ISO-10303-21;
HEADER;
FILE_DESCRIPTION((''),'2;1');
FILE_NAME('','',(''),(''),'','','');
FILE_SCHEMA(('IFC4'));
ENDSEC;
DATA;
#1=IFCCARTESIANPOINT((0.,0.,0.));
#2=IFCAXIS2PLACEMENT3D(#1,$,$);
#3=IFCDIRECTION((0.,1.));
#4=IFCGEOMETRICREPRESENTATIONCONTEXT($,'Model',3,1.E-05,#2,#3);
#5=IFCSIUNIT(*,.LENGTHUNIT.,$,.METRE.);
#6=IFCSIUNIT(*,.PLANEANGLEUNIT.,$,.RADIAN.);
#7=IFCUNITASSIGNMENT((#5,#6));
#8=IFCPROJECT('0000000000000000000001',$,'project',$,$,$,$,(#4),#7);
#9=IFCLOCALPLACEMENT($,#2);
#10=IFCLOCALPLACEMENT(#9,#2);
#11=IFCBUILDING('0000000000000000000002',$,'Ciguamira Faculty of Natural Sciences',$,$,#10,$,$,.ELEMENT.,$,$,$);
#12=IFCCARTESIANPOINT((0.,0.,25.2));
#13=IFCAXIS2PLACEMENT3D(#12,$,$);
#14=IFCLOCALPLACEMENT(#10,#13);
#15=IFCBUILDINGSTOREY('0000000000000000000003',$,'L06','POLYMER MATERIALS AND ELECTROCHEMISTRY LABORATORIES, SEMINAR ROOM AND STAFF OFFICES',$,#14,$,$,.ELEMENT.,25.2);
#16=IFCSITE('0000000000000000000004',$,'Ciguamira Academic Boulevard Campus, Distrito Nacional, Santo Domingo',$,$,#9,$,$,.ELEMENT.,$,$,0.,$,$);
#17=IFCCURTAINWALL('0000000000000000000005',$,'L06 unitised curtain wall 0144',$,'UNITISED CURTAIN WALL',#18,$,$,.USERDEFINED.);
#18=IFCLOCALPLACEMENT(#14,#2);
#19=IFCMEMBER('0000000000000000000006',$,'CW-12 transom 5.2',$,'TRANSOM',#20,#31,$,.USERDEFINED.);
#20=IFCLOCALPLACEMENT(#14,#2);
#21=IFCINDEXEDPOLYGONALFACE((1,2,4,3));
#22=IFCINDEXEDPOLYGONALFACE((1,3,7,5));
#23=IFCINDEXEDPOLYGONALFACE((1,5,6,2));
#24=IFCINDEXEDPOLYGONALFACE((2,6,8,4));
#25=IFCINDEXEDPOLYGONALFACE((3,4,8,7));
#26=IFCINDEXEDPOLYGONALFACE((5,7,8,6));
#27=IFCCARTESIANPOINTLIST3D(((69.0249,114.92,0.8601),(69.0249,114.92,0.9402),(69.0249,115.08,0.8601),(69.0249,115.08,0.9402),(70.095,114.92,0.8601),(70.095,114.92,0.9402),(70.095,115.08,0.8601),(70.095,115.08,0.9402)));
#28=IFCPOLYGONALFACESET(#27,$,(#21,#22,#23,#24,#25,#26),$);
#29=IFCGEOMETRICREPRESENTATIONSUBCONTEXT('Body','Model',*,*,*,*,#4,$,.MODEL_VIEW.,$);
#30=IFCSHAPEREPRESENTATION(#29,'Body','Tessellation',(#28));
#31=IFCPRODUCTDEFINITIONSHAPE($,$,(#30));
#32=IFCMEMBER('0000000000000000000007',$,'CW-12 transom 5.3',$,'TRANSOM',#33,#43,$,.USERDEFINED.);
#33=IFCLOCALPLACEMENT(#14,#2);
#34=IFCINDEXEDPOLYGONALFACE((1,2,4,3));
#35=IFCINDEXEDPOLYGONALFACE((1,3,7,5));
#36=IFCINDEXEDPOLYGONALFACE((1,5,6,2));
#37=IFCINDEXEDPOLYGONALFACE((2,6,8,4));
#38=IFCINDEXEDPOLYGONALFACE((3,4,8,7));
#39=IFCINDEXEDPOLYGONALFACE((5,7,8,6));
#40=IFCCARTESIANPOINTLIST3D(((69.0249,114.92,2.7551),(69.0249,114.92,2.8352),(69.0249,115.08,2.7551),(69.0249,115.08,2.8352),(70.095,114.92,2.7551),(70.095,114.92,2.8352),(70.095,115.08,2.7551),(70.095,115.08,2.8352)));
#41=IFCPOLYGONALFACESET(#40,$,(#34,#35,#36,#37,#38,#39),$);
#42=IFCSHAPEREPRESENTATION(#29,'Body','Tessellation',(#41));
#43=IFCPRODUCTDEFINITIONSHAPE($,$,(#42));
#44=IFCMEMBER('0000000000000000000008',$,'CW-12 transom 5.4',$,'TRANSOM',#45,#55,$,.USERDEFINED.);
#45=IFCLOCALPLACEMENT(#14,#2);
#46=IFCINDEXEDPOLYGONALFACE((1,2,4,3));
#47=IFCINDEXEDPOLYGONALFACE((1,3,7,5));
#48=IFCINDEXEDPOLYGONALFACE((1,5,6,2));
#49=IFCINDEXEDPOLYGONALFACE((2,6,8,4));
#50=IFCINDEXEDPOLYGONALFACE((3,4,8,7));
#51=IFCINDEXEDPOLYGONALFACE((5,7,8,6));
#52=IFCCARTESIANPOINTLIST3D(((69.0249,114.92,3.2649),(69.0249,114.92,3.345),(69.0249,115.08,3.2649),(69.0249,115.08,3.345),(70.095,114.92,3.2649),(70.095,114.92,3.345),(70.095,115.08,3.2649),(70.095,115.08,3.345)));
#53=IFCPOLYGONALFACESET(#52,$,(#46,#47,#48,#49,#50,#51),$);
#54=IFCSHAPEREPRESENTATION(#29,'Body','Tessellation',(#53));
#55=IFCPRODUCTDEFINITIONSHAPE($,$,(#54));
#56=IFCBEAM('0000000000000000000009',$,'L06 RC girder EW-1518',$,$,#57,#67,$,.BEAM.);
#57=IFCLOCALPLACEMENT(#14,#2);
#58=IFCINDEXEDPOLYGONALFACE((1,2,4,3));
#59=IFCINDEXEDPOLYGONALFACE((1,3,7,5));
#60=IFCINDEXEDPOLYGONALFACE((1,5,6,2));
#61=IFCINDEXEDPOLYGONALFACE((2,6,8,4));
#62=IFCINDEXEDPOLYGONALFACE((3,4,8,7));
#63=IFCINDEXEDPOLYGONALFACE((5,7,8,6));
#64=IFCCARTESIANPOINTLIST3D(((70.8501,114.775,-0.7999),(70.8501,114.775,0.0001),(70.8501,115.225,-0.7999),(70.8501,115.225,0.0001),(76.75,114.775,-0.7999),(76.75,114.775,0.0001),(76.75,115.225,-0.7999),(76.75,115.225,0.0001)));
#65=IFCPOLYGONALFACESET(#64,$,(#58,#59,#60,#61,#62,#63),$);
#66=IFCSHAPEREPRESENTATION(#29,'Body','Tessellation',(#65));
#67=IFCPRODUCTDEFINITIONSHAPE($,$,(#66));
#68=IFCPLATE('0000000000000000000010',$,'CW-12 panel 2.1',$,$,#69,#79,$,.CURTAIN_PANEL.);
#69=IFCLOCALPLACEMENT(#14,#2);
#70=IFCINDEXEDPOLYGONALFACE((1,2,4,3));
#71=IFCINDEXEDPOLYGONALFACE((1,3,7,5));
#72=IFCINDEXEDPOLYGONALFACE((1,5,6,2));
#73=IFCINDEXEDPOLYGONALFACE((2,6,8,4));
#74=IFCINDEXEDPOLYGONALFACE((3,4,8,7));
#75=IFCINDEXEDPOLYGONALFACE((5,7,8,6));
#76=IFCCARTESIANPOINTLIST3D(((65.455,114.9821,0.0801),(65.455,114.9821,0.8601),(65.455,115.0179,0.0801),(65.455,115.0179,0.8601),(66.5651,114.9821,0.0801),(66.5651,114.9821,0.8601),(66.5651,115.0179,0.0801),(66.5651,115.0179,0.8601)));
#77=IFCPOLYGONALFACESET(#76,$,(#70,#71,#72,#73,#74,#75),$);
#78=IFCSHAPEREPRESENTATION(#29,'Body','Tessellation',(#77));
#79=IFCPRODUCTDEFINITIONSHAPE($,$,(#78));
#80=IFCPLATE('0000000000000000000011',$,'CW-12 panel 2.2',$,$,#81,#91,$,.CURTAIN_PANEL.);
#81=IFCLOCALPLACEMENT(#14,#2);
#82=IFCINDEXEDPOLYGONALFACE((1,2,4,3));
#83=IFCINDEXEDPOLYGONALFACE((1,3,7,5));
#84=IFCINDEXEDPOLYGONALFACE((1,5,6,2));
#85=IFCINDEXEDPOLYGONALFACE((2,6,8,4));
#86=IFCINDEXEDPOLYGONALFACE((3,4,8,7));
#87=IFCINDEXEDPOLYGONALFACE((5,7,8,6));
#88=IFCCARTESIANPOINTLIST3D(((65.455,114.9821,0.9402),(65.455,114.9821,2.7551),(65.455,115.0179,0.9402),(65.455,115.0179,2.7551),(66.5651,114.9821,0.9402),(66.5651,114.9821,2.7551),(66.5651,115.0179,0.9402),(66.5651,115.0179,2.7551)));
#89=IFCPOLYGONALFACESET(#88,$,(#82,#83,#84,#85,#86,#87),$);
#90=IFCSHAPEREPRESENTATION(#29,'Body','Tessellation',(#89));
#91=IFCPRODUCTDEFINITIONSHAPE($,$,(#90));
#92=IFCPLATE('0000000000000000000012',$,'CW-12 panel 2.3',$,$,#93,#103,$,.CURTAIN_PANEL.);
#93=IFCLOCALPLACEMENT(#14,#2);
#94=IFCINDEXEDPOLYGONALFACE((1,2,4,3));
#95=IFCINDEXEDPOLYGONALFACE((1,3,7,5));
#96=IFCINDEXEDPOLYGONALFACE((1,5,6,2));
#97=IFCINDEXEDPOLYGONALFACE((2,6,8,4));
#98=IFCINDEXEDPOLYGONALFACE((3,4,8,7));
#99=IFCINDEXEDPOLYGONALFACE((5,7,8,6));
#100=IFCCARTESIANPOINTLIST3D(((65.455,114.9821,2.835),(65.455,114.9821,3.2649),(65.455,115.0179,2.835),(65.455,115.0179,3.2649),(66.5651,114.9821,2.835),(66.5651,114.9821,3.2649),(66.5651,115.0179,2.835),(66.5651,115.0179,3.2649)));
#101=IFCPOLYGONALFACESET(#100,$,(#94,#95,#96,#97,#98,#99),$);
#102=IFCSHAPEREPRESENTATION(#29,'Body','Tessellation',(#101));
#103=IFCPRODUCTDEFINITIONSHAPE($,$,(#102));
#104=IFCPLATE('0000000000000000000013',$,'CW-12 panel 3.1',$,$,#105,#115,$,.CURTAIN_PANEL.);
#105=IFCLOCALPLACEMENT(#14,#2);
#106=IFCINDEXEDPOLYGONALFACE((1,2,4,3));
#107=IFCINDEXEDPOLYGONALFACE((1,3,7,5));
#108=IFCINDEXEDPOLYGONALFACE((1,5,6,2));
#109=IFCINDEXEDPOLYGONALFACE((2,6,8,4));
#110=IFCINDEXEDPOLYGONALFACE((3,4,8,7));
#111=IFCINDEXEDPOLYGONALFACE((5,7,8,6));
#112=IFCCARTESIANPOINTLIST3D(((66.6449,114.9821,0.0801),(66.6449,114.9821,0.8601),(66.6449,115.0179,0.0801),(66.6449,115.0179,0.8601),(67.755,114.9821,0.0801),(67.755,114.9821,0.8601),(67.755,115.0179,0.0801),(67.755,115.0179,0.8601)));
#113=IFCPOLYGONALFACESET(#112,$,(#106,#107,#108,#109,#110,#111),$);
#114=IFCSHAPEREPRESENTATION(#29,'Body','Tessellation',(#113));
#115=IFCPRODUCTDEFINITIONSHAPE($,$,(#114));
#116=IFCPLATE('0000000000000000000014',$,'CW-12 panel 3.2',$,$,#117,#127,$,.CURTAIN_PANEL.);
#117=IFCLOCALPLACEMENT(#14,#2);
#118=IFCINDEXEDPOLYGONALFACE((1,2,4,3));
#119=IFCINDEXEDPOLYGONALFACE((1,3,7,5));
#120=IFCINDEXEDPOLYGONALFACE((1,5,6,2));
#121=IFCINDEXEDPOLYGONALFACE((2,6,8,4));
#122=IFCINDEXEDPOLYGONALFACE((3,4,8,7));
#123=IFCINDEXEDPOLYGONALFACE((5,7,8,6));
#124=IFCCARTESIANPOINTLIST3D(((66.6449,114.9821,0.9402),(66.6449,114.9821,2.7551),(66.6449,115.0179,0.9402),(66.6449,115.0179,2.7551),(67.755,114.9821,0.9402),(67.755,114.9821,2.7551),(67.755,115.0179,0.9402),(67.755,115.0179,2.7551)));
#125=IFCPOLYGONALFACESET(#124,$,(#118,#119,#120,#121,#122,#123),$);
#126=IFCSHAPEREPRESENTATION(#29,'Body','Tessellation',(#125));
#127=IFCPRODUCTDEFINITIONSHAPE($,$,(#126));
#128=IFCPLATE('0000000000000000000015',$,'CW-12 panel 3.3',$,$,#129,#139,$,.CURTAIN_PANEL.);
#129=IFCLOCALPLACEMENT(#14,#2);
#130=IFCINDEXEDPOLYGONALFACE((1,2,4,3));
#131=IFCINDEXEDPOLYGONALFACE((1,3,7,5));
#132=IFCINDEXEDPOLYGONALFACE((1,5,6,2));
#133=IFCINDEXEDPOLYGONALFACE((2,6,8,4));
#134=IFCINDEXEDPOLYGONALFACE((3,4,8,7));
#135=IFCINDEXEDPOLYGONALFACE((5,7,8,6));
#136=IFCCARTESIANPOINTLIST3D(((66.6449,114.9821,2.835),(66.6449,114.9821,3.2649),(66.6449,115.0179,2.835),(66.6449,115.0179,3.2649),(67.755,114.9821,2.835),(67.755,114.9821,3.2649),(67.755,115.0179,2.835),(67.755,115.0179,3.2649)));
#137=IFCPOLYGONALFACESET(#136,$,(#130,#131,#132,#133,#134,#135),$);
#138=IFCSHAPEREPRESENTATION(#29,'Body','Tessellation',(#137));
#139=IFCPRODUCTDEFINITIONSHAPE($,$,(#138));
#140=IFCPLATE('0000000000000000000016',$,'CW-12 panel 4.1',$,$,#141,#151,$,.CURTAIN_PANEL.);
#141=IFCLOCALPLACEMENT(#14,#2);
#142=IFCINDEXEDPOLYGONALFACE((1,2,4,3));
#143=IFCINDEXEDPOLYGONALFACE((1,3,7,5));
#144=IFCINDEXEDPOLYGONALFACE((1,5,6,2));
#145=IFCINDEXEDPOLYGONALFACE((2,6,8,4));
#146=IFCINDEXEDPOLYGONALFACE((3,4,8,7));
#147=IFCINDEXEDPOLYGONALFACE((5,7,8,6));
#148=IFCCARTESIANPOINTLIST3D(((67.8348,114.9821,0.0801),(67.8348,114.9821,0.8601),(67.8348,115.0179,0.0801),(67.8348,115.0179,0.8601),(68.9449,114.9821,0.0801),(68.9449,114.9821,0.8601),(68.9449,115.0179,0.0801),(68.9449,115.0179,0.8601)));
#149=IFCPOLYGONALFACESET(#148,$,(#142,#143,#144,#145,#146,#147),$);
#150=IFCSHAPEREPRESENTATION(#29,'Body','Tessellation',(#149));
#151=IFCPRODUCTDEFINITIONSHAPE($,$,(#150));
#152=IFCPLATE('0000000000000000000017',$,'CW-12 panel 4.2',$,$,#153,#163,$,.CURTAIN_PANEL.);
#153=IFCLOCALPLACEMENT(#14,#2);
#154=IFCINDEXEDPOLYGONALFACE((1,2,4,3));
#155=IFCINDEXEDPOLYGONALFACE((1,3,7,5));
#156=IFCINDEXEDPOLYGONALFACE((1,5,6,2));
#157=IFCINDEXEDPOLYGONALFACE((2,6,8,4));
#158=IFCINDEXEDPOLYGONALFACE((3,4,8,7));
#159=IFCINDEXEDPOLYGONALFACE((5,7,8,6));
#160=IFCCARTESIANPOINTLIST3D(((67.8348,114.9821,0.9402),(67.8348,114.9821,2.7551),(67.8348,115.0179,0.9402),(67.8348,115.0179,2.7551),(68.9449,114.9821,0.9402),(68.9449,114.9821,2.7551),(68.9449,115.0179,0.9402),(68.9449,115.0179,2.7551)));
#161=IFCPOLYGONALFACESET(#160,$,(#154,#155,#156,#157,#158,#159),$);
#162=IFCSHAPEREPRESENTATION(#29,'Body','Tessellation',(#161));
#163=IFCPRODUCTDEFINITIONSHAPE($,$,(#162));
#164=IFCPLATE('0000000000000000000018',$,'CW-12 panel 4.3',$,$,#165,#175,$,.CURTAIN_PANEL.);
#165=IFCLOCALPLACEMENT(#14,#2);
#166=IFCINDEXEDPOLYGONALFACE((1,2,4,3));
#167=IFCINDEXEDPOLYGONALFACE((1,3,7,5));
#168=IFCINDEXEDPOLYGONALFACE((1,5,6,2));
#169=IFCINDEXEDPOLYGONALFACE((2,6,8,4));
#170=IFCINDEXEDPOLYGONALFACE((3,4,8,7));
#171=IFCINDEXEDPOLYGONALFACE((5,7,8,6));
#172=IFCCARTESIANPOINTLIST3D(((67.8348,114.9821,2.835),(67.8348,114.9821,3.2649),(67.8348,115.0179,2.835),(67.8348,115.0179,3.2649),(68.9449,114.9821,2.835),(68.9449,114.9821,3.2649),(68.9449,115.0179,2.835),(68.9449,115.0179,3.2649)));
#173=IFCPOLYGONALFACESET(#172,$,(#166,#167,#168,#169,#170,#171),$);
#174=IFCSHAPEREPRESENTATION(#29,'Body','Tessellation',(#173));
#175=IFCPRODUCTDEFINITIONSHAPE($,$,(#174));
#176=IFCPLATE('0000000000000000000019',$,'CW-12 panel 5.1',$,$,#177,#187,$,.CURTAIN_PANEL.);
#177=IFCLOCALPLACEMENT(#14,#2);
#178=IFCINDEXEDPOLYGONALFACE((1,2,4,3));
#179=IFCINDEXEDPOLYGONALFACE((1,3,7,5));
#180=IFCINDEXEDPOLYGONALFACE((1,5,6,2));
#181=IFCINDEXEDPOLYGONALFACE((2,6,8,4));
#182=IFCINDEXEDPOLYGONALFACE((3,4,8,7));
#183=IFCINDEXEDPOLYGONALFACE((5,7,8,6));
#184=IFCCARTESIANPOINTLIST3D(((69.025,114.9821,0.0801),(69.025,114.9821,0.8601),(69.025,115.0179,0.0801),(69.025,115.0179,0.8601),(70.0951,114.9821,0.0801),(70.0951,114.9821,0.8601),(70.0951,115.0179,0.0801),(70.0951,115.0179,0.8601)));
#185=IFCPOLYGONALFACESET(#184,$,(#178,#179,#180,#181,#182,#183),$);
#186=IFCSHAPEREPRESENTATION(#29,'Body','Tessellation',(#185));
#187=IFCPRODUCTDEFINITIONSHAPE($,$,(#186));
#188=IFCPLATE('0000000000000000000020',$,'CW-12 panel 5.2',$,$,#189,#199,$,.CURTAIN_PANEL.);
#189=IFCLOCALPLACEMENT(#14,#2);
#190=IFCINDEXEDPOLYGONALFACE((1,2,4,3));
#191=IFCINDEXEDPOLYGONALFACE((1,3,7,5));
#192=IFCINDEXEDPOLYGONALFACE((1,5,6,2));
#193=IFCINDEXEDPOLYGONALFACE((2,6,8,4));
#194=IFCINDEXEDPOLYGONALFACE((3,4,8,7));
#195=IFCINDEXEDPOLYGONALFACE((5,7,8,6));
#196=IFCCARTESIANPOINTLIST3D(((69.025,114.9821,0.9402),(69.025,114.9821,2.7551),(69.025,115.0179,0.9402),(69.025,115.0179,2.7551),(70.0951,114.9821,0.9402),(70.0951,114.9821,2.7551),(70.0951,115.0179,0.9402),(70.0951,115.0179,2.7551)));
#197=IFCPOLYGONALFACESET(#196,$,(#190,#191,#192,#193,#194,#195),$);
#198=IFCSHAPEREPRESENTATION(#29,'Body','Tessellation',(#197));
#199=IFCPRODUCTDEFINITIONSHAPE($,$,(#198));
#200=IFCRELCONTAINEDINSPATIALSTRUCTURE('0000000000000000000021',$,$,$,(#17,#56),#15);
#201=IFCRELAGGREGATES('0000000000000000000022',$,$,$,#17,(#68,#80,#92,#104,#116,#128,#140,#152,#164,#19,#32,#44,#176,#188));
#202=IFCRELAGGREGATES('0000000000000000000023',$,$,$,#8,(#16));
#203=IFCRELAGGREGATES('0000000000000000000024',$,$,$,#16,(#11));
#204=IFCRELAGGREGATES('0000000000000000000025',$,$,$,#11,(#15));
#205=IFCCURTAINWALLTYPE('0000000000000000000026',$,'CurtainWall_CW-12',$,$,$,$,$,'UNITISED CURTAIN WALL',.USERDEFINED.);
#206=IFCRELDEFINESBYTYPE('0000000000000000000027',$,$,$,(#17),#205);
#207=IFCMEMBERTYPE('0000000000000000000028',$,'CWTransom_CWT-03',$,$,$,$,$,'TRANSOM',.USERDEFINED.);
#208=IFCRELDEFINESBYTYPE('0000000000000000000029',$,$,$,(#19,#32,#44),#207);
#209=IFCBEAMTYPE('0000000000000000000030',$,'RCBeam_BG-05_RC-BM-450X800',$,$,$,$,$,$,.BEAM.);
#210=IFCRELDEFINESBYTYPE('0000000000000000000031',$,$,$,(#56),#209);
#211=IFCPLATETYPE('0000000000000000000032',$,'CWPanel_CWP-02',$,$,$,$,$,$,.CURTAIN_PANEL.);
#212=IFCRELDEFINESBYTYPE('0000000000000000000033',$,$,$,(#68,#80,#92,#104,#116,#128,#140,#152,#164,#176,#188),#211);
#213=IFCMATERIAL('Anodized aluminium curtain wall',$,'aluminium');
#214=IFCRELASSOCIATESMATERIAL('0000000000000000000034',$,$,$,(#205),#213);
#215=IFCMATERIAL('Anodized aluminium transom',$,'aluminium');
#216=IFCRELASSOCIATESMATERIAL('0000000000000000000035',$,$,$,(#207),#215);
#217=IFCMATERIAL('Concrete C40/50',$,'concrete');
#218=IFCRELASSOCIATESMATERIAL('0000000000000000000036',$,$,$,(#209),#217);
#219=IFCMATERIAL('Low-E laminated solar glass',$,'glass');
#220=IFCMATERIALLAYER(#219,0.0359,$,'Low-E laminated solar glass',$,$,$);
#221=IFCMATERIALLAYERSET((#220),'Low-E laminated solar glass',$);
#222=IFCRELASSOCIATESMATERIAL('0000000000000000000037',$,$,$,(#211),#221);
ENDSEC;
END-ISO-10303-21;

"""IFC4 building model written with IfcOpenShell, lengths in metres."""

from ifc_helpers import new_model, si_unit, direction, frame, origin, origin_2d, place, context, subcontext, project, spatial, rectangle, extrude, material, layer, layer_set, material_profile, profile_set, type_object, element, aggregate, save


model = new_model("IFC4")

# Units and contexts
model_context = context("Model", 3, precision=1e-05, world=origin(), true_north=direction((0.0, 1.0)))
body_context = subcontext(model_context, "Body", "Model", "MODEL_VIEW")
ifc_project = project(units=[si_unit("LENGTHUNIT", "METRE"), si_unit("PLANEANGLEUNIT", "RADIAN")], contexts=[model_context])

# Site, building, storey
site_placement = place(None, origin())
site = spatial("IfcSite", under=ifc_project, at=site_placement, Name="Ciguamira Academic Boulevard Campus, Distrito Nacional, Santo Domingo", CompositionType="ELEMENT", RefElevation=0.0)
building_placement = place(site_placement, origin())
building = spatial("IfcBuilding", under=site, at=building_placement, Name="Ciguamira Faculty of Natural Sciences", CompositionType="ELEMENT")
storey_placement = place(building_placement, frame((0.0, 0.0, 25.2)))
storey = spatial("IfcBuildingStorey", under=building, at=storey_placement, Name="L06", Description="POLYMER MATERIALS AND ELECTROCHEMISTRY LABORATORIES, SEMINAR ROOM AND STAFF OFFICES", CompositionType="ELEMENT", Elevation=25.2)

# Shared definitions
ifc_material_1 = material(Name="Concrete C40/50", Category="concrete")

# Curtain wall, members
ifc_material_2 = material(Name="Anodized aluminium curtain wall", Category="aluminium")
curtain_wall_type = type_object("IfcCurtainWallType", Name="CurtainWall_CW-12", ElementType="UNITISED CURTAIN WALL", PredefinedType="USERDEFINED", material=ifc_material_2)
curtain_wall_placement = place(storey_placement, origin())
curtain_wall = element("IfcCurtainWall", 1, at=curtain_wall_placement, inside=storey, type_object=curtain_wall_type, Name="L06 unitised curtain wall 0144", ObjectType="UNITISED CURTAIN WALL", PredefinedType="USERDEFINED")
ifc_material_3 = material(Name="Anodized aluminium transom", Category="aluminium")
ifc_material_profile_1 = material_profile(ifc_material_3, rectangle(XDim=0.0801, YDim=0.1599, at=origin_2d()), Name="ALU-TRN-80X160")
ifc_profile_set_1 = profile_set([ifc_material_profile_1], Name="Anodized aluminium transom")
member_type_1 = type_object("IfcMemberType", Name="CWTransom_CWT-03", ElementType="TRANSOM", PredefinedType="USERDEFINED", material=ifc_profile_set_1)
member_1_placement = place(storey_placement, frame((69.0249, 115.0, 0.9001), z_axis=(1.0, 0.0, 0.0), x_axis=(0.0, 0.0, 1.0)))
member_1 = element("IfcMember", 2, at=member_1_placement, type_object=member_type_1, Name="CW-12 transom 5.2", ObjectType="TRANSOM", PredefinedType="USERDEFINED", context=body_context, shape_type="SweptSolid", body=[
    extrude(rectangle(XDim=0.0801, YDim=0.1599, at=origin_2d()), origin(), (0.0, 0.0, 1.0), 1.0701),
])
member_2_placement = place(storey_placement, frame((69.0249, 115.0, 2.7952), z_axis=(1.0, 0.0, 0.0), x_axis=(0.0, 0.0, 1.0)))
member_2 = element("IfcMember", 3, at=member_2_placement, type_object=member_type_1, Name="CW-12 transom 5.3", ObjectType="TRANSOM", PredefinedType="USERDEFINED", context=body_context, shape_type="SweptSolid", body=[
    extrude(rectangle(XDim=0.0801, YDim=0.1599, at=origin_2d()), origin(), (0.0, 0.0, 1.0), 1.0701),
])
member_3_placement = place(storey_placement, frame((69.0249, 115.0, 3.3049), z_axis=(1.0, 0.0, 0.0), x_axis=(0.0, 0.0, 1.0)))
member_3 = element("IfcMember", 4, at=member_3_placement, type_object=member_type_1, Name="CW-12 transom 5.4", ObjectType="TRANSOM", PredefinedType="USERDEFINED", context=body_context, shape_type="SweptSolid", body=[
    extrude(rectangle(XDim=0.0801, YDim=0.1599, at=origin_2d()), origin(), (0.0, 0.0, 1.0), 1.0701),
])

# Beam
ifc_material_profile_2 = material_profile(ifc_material_1, rectangle(XDim=0.45, YDim=0.8, at=origin_2d()), Name="RC-BM-450X800")
ifc_profile_set_2 = profile_set([ifc_material_profile_2], Name="Concrete C40/50")
beam_type = type_object("IfcBeamType", Name="RCBeam_BG-05_RC-BM-450X800", PredefinedType="BEAM", material=ifc_profile_set_2)
beam_placement = place(storey_placement, frame((70.8501, 115.0, -0.3999), z_axis=(1.0, 0.0, 0.0), x_axis=(0.0, 1.0, 0.0)))
element("IfcBeam", 5, at=beam_placement, inside=storey, type_object=beam_type, Name="L06 RC girder EW-1518", PredefinedType="BEAM", context=body_context, shape_type="SweptSolid", body=[
    extrude(rectangle(XDim=0.45, YDim=0.8, at=origin_2d()), origin(), (0.0, 0.0, 1.0), 5.8999),
])

# Plates
ifc_material_4 = material(Name="Low-E laminated solar glass", Category="glass")
ifc_layer_1 = layer(ifc_material_4, 0.0359, Name="Low-E laminated solar glass")
ifc_layer_set_1 = layer_set([ifc_layer_1], Name="Low-E laminated solar glass")
plate_type = type_object("IfcPlateType", Name="CWPanel_CWP-02", PredefinedType="CURTAIN_PANEL", material=ifc_layer_set_1)
plate_1_placement = place(storey_placement, frame((66.01, 115.0, 0.0801), z_axis=(0.0, 0.0, 1.0), x_axis=(1.0, 0.0, 0.0)))
plate_1 = element("IfcPlate", 6, at=plate_1_placement, type_object=plate_type, Name="CW-12 panel 2.1", PredefinedType="CURTAIN_PANEL", context=body_context, shape_type="SweptSolid", body=[
    extrude(rectangle(XDim=1.1101, YDim=0.0359, at=origin_2d()), origin(), (0.0, 0.0, 1.0), 0.78),
])
plate_2_placement = place(storey_placement, frame((66.01, 115.0, 0.9402), z_axis=(0.0, 0.0, 1.0), x_axis=(1.0, 0.0, 0.0)))
plate_2 = element("IfcPlate", 7, at=plate_2_placement, type_object=plate_type, Name="CW-12 panel 2.2", PredefinedType="CURTAIN_PANEL", context=body_context, shape_type="SweptSolid", body=[
    extrude(rectangle(XDim=1.1101, YDim=0.0359, at=origin_2d()), origin(), (0.0, 0.0, 1.0), 1.8149),
])
plate_3_placement = place(storey_placement, frame((66.01, 115.0, 2.835), z_axis=(0.0, 0.0, 1.0), x_axis=(1.0, 0.0, 0.0)))
plate_3 = element("IfcPlate", 8, at=plate_3_placement, type_object=plate_type, Name="CW-12 panel 2.3", PredefinedType="CURTAIN_PANEL", context=body_context, shape_type="SweptSolid", body=[
    extrude(rectangle(XDim=1.1101, YDim=0.0359, at=origin_2d()), origin(), (0.0, 0.0, 1.0), 0.4299),
])
plate_4_placement = place(storey_placement, frame((67.2, 115.0, 0.0801), z_axis=(0.0, 0.0, 1.0), x_axis=(1.0, 0.0, 0.0)))
plate_4 = element("IfcPlate", 9, at=plate_4_placement, type_object=plate_type, Name="CW-12 panel 3.1", PredefinedType="CURTAIN_PANEL", context=body_context, shape_type="SweptSolid", body=[
    extrude(rectangle(XDim=1.1101, YDim=0.0359, at=origin_2d()), origin(), (0.0, 0.0, 1.0), 0.78),
])
plate_5_placement = place(storey_placement, frame((67.2, 115.0, 0.9402), z_axis=(0.0, 0.0, 1.0), x_axis=(1.0, 0.0, 0.0)))
plate_5 = element("IfcPlate", 10, at=plate_5_placement, type_object=plate_type, Name="CW-12 panel 3.2", PredefinedType="CURTAIN_PANEL", context=body_context, shape_type="SweptSolid", body=[
    extrude(rectangle(XDim=1.1101, YDim=0.0359, at=origin_2d()), origin(), (0.0, 0.0, 1.0), 1.8149),
])
plate_6_placement = place(storey_placement, frame((67.2, 115.0, 2.835), z_axis=(0.0, 0.0, 1.0), x_axis=(1.0, 0.0, 0.0)))
plate_6 = element("IfcPlate", 11, at=plate_6_placement, type_object=plate_type, Name="CW-12 panel 3.3", PredefinedType="CURTAIN_PANEL", context=body_context, shape_type="SweptSolid", body=[
    extrude(rectangle(XDim=1.1101, YDim=0.0359, at=origin_2d()), origin(), (0.0, 0.0, 1.0), 0.4299),
])
plate_7_placement = place(storey_placement, frame((68.3899, 115.0, 0.0801), z_axis=(0.0, 0.0, 1.0), x_axis=(1.0, 0.0, 0.0)))
plate_7 = element("IfcPlate", 12, at=plate_7_placement, type_object=plate_type, Name="CW-12 panel 4.1", PredefinedType="CURTAIN_PANEL", context=body_context, shape_type="SweptSolid", body=[
    extrude(rectangle(XDim=1.1101, YDim=0.0359, at=origin_2d()), origin(), (0.0, 0.0, 1.0), 0.78),
])
plate_8_placement = place(storey_placement, frame((68.3899, 115.0, 0.9402), z_axis=(0.0, 0.0, 1.0), x_axis=(1.0, 0.0, 0.0)))
plate_8 = element("IfcPlate", 13, at=plate_8_placement, type_object=plate_type, Name="CW-12 panel 4.2", PredefinedType="CURTAIN_PANEL", context=body_context, shape_type="SweptSolid", body=[
    extrude(rectangle(XDim=1.1101, YDim=0.0359, at=origin_2d()), origin(), (0.0, 0.0, 1.0), 1.8149),
])
plate_9_placement = place(storey_placement, frame((68.3899, 115.0, 2.835), z_axis=(0.0, 0.0, 1.0), x_axis=(1.0, 0.0, 0.0)))
plate_9 = element("IfcPlate", 14, at=plate_9_placement, type_object=plate_type, Name="CW-12 panel 4.3", PredefinedType="CURTAIN_PANEL", context=body_context, shape_type="SweptSolid", body=[
    extrude(rectangle(XDim=1.1101, YDim=0.0359, at=origin_2d()), origin(), (0.0, 0.0, 1.0), 0.4299),
])
plate_10_placement = place(storey_placement, frame((69.5601, 115.0, 0.0801), z_axis=(0.0, 0.0, 1.0), x_axis=(1.0, 0.0, 0.0)))
plate_10 = element("IfcPlate", 15, at=plate_10_placement, type_object=plate_type, Name="CW-12 panel 5.1", PredefinedType="CURTAIN_PANEL", context=body_context, shape_type="SweptSolid", body=[
    extrude(rectangle(XDim=1.0701, YDim=0.0359, at=origin_2d()), origin(), (0.0, 0.0, 1.0), 0.78),
])
plate_11_placement = place(storey_placement, frame((69.5601, 115.0, 0.9402), z_axis=(0.0, 0.0, 1.0), x_axis=(1.0, 0.0, 0.0)))
plate_11 = element("IfcPlate", 16, at=plate_11_placement, type_object=plate_type, Name="CW-12 panel 5.2", PredefinedType="CURTAIN_PANEL", context=body_context, shape_type="SweptSolid", body=[
    extrude(rectangle(XDim=1.0701, YDim=0.0359, at=origin_2d()), origin(), (0.0, 0.0, 1.0), 1.8149),
])
aggregate(curtain_wall, [plate_1, plate_2, plate_3, plate_4, plate_5, plate_6, plate_7, plate_8, plate_9, member_1, member_2, member_3, plate_10, plate_11])

save(model, "model.ifc")
